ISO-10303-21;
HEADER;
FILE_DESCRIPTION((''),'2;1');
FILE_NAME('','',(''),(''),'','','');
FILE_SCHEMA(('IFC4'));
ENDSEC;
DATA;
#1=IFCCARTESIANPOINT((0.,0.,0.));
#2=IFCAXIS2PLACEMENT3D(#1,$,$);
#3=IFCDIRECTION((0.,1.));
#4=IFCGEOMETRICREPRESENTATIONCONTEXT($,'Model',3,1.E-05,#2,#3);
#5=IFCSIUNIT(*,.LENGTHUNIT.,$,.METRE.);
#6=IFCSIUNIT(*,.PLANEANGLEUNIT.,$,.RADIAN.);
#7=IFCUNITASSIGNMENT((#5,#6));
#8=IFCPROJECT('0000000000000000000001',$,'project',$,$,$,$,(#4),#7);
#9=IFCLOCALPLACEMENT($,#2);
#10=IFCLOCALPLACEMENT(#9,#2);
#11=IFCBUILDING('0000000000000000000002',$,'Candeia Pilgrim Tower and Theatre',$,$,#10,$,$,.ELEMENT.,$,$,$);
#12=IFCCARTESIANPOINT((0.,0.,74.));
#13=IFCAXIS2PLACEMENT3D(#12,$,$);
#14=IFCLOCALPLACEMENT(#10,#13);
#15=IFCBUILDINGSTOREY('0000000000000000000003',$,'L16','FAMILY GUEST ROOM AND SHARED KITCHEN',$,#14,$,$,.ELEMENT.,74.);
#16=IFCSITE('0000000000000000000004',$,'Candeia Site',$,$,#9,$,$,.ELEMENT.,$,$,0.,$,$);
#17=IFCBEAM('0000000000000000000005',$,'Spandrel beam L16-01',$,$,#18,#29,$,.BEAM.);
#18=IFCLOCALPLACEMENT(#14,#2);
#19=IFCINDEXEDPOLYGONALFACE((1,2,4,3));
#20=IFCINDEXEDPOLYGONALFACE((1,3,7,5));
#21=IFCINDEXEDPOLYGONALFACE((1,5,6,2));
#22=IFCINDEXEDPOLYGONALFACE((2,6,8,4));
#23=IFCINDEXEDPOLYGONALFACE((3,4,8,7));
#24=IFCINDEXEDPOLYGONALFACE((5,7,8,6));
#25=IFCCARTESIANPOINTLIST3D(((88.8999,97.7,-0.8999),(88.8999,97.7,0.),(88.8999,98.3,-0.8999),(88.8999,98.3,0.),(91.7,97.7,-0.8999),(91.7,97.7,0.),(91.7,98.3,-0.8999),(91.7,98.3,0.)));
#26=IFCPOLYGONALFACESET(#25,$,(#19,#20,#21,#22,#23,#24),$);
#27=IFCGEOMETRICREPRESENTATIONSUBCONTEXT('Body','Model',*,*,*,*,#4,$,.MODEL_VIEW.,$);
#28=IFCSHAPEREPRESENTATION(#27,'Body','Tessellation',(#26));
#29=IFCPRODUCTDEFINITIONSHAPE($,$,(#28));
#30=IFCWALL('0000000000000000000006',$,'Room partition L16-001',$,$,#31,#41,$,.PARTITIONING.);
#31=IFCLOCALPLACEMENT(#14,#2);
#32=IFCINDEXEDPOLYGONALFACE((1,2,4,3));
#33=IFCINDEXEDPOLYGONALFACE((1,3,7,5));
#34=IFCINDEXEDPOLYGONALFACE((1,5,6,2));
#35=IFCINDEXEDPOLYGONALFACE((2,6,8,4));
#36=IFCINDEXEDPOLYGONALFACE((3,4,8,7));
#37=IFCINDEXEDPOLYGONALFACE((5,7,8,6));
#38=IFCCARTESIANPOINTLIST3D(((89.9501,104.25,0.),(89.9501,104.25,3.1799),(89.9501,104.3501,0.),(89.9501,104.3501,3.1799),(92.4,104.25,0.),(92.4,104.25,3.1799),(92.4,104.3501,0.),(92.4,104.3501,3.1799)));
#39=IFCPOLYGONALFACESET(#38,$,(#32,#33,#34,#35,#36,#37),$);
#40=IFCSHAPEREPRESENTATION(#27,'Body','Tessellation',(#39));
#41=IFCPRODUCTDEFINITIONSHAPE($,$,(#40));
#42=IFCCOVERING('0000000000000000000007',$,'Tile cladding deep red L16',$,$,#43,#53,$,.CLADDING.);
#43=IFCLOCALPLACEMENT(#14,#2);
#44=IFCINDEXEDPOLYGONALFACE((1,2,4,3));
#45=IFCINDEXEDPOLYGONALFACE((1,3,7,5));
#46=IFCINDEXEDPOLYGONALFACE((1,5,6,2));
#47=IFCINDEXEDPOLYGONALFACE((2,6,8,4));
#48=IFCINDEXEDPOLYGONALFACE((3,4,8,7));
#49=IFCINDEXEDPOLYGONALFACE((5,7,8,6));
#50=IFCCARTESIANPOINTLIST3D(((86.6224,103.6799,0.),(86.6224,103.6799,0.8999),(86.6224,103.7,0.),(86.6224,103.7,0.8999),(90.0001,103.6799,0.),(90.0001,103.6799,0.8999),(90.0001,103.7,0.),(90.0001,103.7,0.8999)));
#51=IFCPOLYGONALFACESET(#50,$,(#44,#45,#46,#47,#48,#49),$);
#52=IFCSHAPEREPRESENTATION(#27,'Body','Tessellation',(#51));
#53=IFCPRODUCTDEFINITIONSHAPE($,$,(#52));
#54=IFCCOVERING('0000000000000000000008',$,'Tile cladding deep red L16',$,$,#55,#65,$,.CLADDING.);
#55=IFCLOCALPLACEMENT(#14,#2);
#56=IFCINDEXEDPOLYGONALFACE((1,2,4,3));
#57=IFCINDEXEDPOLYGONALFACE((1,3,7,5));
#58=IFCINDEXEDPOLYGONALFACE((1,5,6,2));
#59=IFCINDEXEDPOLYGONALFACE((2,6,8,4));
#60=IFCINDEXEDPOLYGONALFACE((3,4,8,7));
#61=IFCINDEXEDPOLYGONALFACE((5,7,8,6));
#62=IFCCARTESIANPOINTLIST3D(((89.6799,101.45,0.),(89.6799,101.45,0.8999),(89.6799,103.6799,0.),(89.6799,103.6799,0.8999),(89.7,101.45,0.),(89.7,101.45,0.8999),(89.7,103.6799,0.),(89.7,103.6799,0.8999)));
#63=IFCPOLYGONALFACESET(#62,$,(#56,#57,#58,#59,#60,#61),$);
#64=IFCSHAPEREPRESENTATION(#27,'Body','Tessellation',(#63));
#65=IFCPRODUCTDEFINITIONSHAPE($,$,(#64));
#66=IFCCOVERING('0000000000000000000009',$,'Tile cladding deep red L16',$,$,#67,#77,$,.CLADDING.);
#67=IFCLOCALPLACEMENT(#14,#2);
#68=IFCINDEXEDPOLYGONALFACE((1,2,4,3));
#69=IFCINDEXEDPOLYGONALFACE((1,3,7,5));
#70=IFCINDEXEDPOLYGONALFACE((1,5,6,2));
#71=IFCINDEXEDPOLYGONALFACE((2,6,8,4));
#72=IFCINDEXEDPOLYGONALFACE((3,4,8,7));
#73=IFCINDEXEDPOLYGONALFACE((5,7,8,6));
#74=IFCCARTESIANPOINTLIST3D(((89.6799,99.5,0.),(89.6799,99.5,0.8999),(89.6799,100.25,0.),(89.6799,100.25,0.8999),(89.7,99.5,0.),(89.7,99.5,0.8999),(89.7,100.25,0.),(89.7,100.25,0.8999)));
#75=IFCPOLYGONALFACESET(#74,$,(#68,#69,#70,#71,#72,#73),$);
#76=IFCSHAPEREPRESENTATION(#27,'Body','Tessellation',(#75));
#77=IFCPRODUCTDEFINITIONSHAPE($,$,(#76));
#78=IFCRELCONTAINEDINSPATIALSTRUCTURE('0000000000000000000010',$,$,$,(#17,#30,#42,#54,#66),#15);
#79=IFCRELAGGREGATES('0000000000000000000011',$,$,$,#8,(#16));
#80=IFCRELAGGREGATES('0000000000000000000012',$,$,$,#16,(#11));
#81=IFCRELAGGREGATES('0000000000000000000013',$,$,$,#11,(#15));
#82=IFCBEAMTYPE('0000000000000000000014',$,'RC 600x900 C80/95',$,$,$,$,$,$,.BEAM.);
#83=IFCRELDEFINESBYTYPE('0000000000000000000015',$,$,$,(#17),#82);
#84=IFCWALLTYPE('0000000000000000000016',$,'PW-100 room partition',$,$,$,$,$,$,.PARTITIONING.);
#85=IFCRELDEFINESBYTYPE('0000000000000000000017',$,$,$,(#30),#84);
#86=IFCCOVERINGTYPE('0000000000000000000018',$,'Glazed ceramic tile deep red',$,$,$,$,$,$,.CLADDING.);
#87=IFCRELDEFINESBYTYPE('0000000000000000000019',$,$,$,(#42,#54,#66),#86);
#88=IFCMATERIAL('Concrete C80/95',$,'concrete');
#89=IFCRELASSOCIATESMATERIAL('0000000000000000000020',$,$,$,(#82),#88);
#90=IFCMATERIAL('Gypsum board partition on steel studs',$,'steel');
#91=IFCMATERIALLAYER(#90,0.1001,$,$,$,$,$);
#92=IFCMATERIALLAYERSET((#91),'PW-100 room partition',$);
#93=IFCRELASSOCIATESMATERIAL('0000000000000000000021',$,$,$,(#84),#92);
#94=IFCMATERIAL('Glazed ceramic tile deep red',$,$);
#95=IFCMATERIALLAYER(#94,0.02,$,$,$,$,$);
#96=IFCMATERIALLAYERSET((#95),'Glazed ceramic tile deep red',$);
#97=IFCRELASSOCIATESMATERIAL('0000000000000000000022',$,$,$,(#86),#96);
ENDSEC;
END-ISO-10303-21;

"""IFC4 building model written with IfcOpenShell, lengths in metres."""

from ifc_helpers import new_model, si_unit, direction, frame, frame_2d, origin, origin_2d, place, context, subcontext, project, spatial, rectangle, extrude, material, layer, layer_set, material_profile, profile_set, type_object, element, save


model = new_model("IFC4")

# Units and contexts
model_context = context("Model", 3, precision=1e-05, world=origin(), true_north=direction((0.0, 1.0)))
body_context = subcontext(model_context, "Body", "Model", "MODEL_VIEW")
ifc_project = project(units=[si_unit("LENGTHUNIT", "METRE"), si_unit("PLANEANGLEUNIT", "RADIAN")], contexts=[model_context])

# Site, building, storey
site_placement = place(None, origin())
site = spatial("IfcSite", under=ifc_project, at=site_placement, Name="Candeia Site", CompositionType="ELEMENT", RefElevation=0.0)
building_placement = place(site_placement, origin())
building = spatial("IfcBuilding", under=site, at=building_placement, Name="Candeia Pilgrim Tower and Theatre", CompositionType="ELEMENT")
storey_placement = place(building_placement, frame((0.0, 0.0, 74.0)))
storey = spatial("IfcBuildingStorey", under=building, at=storey_placement, Name="L16", Description="FAMILY GUEST ROOM AND SHARED KITCHEN", CompositionType="ELEMENT", Elevation=74.0)

# Beam
ifc_material_1 = material(Name="Concrete C80/95", Category="concrete")
ifc_material_profile = material_profile(ifc_material_1, rectangle(XDim=0.6001, YDim=0.8999, at=origin_2d()))
ifc_profile_set = profile_set([ifc_material_profile], Name="Concrete C80/95")
beam_type = type_object("IfcBeamType", Name="RC 600x900 C80/95", PredefinedType="BEAM", material=ifc_profile_set)
beam_placement = place(storey_placement, frame((88.8999, 98.0, -0.45), z_axis=(1.0, 0.0, 0.0), x_axis=(0.0, 1.0, 0.0)))
element("IfcBeam", 1, at=beam_placement, inside=storey, type_object=beam_type, Name="Spandrel beam L16-01", PredefinedType="BEAM", context=body_context, shape_type="SweptSolid", body=[
    extrude(rectangle(XDim=0.6001, YDim=0.8999, at=origin_2d()), origin(), (0.0, 0.0, 1.0), 2.8),
])

# Wall
ifc_material_2 = material(Name="Gypsum board partition on steel studs", Category="steel")
ifc_layer_1 = layer(ifc_material_2, 0.1001)
ifc_layer_set_1 = layer_set([ifc_layer_1], Name="PW-100 room partition")
wall_type_1 = type_object("IfcWallType", Name="PW-100 room partition", PredefinedType="PARTITIONING", material=ifc_layer_set_1)
wall_1_placement = place(storey_placement, frame((89.95, 104.3, 0.0), z_axis=(0.0, 0.0, 1.0), x_axis=(1.0, 0.0, 0.0)))
element("IfcWall", 2, at=wall_1_placement, inside=storey, type_object=wall_type_1, Name="Room partition L16-001", PredefinedType="PARTITIONING", context=body_context, shape_type="SweptSolid", body=[
    extrude(rectangle(XDim=2.45, YDim=0.1001, at=frame_2d((1.2251, 0.0))), origin(), (0.0, 0.0, 1.0), 3.1799),
])

# Coverings
ifc_material_3 = material(Name="Glazed ceramic tile deep red")
ifc_layer_2 = layer(ifc_material_3, 0.02)
ifc_layer_set_2 = layer_set([ifc_layer_2], Name="Glazed ceramic tile deep red")
covering_type = type_object("IfcCoveringType", Name="Glazed ceramic tile deep red", PredefinedType="CLADDING", material=ifc_layer_set_2)
covering_1_placement = place(storey_placement, frame((88.3113, 103.6899, 0.0), z_axis=(0.0, 0.0, 1.0), x_axis=(1.0, 0.0, 0.0)))
element("IfcCovering", 3, at=covering_1_placement, inside=storey, type_object=covering_type, Name="Tile cladding deep red L16", PredefinedType="CLADDING", context=body_context, shape_type="SweptSolid", body=[
    extrude(rectangle(XDim=3.3777, YDim=0.02, at=origin_2d()), origin(), (0.0, 0.0, 1.0), 0.8999),
])
covering_2_placement = place(storey_placement, frame((89.6899, 102.5649, 0.0), z_axis=(0.0, 0.0, 1.0), x_axis=(0.0, -1.0, 0.0)))
element("IfcCovering", 4, at=covering_2_placement, inside=storey, type_object=covering_type, Name="Tile cladding deep red L16", PredefinedType="CLADDING", context=body_context, shape_type="SweptSolid", body=[
    extrude(rectangle(XDim=2.23, YDim=0.02, at=origin_2d()), origin(), (0.0, 0.0, 1.0), 0.8999),
])
covering_3_placement = place(storey_placement, frame((89.6899, 99.875, 0.0), z_axis=(0.0, 0.0, 1.0), x_axis=(0.0, -1.0, 0.0)))
element("IfcCovering", 5, at=covering_3_placement, inside=storey, type_object=covering_type, Name="Tile cladding deep red L16", PredefinedType="CLADDING", context=body_context, shape_type="SweptSolid", body=[
    extrude(rectangle(XDim=0.75, YDim=0.02, at=origin_2d()), origin(), (0.0, 0.0, 1.0), 0.8999),
])

save(model, "model.ifc")
